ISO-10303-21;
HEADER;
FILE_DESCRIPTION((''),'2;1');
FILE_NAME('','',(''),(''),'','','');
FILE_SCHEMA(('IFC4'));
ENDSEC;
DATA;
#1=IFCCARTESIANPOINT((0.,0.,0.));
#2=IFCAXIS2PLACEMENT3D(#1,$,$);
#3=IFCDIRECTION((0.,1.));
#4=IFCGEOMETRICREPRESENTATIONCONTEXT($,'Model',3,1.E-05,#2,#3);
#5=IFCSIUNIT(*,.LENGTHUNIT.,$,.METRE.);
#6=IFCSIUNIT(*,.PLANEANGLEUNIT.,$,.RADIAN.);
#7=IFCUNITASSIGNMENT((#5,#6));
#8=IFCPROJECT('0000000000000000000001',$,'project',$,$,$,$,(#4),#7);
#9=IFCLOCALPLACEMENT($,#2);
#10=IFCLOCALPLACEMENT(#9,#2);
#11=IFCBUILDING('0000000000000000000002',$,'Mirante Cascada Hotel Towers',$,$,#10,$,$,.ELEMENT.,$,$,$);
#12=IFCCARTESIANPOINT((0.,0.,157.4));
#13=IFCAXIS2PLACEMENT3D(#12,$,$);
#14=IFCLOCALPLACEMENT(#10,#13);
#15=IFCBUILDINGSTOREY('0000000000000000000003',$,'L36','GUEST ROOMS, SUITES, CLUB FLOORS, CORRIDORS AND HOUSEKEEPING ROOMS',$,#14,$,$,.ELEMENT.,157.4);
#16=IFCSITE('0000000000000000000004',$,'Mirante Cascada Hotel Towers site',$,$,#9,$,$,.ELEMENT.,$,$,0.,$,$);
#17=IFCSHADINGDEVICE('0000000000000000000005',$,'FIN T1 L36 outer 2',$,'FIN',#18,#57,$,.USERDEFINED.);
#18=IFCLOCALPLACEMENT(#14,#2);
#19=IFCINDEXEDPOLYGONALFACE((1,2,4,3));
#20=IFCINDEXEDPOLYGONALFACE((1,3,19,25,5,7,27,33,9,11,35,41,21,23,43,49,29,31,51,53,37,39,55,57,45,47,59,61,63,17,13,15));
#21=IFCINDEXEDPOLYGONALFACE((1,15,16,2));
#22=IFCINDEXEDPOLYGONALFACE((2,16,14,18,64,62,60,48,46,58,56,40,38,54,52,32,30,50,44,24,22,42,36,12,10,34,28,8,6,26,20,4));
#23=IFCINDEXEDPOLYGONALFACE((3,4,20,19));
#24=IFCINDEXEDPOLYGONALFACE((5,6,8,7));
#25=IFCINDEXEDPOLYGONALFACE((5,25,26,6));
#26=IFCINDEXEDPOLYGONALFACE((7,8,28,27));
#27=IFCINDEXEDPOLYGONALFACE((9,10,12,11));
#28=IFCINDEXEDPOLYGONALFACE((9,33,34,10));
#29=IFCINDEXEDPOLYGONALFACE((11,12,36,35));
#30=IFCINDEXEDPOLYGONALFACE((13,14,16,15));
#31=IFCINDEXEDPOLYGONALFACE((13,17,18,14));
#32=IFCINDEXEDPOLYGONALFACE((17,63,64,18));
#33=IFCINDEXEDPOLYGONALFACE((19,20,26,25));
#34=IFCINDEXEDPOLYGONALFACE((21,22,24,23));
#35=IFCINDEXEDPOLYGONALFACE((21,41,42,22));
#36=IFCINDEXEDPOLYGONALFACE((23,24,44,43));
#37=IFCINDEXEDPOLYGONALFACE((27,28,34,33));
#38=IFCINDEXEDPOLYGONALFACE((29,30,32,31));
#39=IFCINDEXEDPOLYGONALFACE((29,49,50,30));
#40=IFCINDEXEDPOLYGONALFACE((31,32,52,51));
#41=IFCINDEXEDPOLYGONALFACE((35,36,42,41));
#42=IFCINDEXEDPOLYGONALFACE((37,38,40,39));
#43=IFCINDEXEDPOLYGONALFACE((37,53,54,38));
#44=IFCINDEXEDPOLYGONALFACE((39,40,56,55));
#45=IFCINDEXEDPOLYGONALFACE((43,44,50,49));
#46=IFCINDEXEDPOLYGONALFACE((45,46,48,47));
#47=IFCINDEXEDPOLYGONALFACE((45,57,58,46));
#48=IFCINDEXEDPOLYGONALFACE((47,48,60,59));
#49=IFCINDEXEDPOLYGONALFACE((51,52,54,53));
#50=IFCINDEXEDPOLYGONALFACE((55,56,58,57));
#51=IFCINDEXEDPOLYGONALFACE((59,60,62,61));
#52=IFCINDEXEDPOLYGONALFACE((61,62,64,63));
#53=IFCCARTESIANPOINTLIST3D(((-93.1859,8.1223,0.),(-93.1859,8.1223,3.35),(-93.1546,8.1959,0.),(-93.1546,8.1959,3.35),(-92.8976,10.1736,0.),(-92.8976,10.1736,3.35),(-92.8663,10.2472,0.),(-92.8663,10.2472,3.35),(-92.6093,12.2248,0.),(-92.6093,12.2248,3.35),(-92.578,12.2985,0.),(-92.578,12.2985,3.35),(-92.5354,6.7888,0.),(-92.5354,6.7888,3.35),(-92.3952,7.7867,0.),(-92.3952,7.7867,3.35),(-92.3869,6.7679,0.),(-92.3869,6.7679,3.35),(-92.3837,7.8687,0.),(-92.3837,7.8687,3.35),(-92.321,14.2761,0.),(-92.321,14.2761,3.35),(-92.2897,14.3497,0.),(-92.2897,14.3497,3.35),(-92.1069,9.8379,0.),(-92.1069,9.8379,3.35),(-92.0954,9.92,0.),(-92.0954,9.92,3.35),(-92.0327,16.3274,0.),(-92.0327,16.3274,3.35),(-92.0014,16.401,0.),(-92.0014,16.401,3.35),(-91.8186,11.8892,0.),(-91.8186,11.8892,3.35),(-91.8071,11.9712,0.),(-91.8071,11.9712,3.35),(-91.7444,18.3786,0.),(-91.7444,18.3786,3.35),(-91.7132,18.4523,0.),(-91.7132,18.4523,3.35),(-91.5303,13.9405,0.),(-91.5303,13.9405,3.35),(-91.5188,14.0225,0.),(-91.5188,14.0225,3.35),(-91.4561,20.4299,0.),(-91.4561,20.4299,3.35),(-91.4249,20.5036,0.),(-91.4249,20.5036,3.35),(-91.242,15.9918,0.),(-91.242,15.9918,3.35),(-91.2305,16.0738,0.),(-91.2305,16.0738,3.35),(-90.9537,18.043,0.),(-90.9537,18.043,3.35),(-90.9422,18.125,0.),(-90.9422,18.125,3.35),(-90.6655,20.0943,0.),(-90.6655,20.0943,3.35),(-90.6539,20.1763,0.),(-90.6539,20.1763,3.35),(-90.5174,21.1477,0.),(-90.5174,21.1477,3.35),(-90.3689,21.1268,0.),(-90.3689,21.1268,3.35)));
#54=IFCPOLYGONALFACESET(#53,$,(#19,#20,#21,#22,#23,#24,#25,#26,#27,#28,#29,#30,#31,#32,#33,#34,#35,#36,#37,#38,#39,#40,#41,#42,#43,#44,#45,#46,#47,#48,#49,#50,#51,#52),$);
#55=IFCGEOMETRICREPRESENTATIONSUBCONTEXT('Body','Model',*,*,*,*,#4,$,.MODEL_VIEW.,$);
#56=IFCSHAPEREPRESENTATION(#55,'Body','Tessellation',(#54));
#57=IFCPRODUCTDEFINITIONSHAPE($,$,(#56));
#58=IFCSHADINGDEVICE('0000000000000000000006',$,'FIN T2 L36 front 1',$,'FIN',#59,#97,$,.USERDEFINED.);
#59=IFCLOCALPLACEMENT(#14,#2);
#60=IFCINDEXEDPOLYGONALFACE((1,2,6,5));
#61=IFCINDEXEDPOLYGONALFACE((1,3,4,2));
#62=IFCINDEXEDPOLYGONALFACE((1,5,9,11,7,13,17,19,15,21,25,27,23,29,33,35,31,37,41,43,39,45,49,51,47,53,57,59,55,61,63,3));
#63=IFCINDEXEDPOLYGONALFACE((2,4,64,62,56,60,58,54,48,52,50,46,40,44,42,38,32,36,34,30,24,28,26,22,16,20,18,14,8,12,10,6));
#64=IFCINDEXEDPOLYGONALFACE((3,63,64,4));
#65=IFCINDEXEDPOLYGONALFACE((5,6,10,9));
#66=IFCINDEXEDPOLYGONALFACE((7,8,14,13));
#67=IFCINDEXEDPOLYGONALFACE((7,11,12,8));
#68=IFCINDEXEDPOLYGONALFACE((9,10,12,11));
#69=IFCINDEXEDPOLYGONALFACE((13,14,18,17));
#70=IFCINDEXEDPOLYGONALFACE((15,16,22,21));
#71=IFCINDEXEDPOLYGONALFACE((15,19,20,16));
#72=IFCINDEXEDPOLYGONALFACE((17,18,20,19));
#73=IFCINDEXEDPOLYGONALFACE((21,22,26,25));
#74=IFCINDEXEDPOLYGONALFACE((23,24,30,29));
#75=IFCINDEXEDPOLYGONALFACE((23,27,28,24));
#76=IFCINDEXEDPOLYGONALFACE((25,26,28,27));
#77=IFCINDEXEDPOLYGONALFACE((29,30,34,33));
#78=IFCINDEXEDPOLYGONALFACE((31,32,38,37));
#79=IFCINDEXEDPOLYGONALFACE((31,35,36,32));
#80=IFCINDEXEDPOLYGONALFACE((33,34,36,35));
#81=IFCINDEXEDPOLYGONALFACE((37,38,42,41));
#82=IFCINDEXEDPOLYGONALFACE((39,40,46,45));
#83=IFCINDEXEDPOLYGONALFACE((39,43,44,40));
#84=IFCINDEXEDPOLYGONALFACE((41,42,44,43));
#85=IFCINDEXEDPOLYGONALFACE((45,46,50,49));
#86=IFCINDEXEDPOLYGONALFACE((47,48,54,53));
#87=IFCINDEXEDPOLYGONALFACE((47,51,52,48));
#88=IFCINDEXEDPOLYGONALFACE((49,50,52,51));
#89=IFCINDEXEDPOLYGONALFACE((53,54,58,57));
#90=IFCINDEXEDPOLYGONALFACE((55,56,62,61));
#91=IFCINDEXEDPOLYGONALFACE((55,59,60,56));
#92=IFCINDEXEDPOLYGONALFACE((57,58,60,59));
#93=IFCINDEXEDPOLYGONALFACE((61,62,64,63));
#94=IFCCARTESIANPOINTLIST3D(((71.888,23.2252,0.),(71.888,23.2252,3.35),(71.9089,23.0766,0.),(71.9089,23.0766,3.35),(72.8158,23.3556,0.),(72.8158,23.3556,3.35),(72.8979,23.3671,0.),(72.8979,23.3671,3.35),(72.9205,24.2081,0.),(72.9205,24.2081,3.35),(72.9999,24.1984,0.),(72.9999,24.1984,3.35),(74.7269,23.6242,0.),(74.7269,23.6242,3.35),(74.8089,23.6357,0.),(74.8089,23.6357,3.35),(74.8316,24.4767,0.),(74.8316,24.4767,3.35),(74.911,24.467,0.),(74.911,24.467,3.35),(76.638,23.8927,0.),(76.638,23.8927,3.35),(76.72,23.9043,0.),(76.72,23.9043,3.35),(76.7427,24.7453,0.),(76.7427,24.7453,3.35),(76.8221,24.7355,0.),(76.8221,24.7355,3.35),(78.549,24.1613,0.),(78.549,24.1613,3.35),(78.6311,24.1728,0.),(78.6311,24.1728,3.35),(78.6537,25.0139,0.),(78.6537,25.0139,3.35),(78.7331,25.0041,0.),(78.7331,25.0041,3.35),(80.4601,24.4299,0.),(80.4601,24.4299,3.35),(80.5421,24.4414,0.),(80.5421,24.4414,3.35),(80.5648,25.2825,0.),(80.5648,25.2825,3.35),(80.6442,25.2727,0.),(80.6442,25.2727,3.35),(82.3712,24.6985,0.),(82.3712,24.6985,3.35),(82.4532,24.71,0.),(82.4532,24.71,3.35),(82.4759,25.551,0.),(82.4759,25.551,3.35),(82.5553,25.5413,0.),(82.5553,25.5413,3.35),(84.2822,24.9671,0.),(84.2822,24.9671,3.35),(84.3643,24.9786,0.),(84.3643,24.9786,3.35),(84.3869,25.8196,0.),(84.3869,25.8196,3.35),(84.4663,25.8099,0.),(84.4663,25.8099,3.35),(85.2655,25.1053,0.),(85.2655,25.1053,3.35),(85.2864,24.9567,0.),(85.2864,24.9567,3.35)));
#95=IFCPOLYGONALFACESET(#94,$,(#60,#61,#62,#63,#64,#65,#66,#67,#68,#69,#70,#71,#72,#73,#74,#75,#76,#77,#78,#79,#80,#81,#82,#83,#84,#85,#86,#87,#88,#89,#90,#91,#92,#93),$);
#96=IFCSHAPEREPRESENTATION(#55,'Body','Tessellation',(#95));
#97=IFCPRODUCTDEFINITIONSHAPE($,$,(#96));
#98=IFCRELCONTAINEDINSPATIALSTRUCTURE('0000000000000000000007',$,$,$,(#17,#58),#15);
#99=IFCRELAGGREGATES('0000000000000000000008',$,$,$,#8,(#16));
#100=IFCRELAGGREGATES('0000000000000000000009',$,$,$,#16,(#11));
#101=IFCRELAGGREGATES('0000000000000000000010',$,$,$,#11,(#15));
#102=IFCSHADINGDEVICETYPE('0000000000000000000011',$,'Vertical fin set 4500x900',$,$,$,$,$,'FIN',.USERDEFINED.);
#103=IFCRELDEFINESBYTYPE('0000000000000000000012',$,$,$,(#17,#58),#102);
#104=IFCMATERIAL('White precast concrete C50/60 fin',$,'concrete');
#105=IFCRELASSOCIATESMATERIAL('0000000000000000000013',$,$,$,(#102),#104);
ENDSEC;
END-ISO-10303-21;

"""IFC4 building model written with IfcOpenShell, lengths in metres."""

from ifc_helpers import new_model, si_unit, direction, frame, origin, place, context, subcontext, project, spatial, polyline, outline, extrude, material, type_object, element, save


model = new_model("IFC4")

# Units and contexts
model_context = context("Model", 3, precision=1e-05, world=origin(), true_north=direction((0.0, 1.0)))
body_context = subcontext(model_context, "Body", "Model", "MODEL_VIEW")
ifc_project = project(units=[si_unit("LENGTHUNIT", "METRE"), si_unit("PLANEANGLEUNIT", "RADIAN")], contexts=[model_context])

# Site, building, storey
site_placement = place(None, origin())
site = spatial("IfcSite", under=ifc_project, at=site_placement, Name="Mirante Cascada Hotel Towers site", CompositionType="ELEMENT", RefElevation=0.0)
building_placement = place(site_placement, origin())
building = spatial("IfcBuilding", under=site, at=building_placement, Name="Mirante Cascada Hotel Towers", CompositionType="ELEMENT")
storey_placement = place(building_placement, frame((0.0, 0.0, 157.4)))
storey = spatial("IfcBuildingStorey", under=building, at=storey_placement, Name="L36", Description="GUEST ROOMS, SUITES, CLUB FLOORS, CORRIDORS AND HOUSEKEEPING ROOMS", CompositionType="ELEMENT", Elevation=157.4)

# Shading devices
ifc_material_1 = material(Name="White precast concrete C50/60 fin", Category="concrete")
shading_device_type = type_object("IfcShadingDeviceType", Name="Vertical fin set 4500x900", ElementType="FIN", PredefinedType="USERDEFINED", material=ifc_material_1)
shading_device_1_placement = place(storey_placement, origin())
element("IfcShadingDevice", 1, at=shading_device_1_placement, inside=storey, type_object=shading_device_type, Name="FIN T1 L36 outer 2", ObjectType="FIN", PredefinedType="USERDEFINED", context=body_context, shape_type="SweptSolid", body=[
    extrude(outline(polyline([(-92.3837, 7.8687), (-92.1069, 9.8379), (-92.8976, 10.1736), (-92.8663, 10.2472), (-92.0954, 9.92), (-91.8186, 11.8892), (-92.6093, 12.2248), (-92.578, 12.2985), (-91.8071, 11.9712), (-91.5303, 13.9405), (-92.321, 14.2761), (-92.2897, 14.3497), (-91.5188, 14.0225), (-91.242, 15.9918), (-92.0327, 16.3274), (-92.0014, 16.401), (-91.2305, 16.0738), (-90.9537, 18.043), (-91.7444, 18.3786), (-91.7132, 18.4523), (-90.9422, 18.125), (-90.6655, 20.0943), (-91.4561, 20.4299), (-91.4249, 20.5036), (-90.6539, 20.1763), (-90.5174, 21.1477), (-90.3689, 21.1268), (-92.3869, 6.7679), (-92.5354, 6.7888), (-92.3952, 7.7867), (-93.1859, 8.1223), (-93.1546, 8.1959), (-92.3837, 7.8687)])), origin(), (0.0, 0.0, 1.0), 3.35),
])
shading_device_2_placement = place(storey_placement, origin())
element("IfcShadingDevice", 2, at=shading_device_2_placement, inside=storey, type_object=shading_device_type, Name="FIN T2 L36 front 1", ObjectType="FIN", PredefinedType="USERDEFINED", context=body_context, shape_type="SweptSolid", body=[
    extrude(outline(polyline([(72.9999, 24.1984), (72.8979, 23.3671), (74.7269, 23.6242), (74.8316, 24.4767), (74.911, 24.467), (74.8089, 23.6357), (76.638, 23.8927), (76.7427, 24.7453), (76.8221, 24.7355), (76.72, 23.9043), (78.549, 24.1613), (78.6537, 25.0139), (78.7331, 25.0041), (78.6311, 24.1728), (80.4601, 24.4299), (80.5648, 25.2825), (80.6442, 25.2727), (80.5421, 24.4414), (82.3712, 24.6985), (82.4759, 25.551), (82.5553, 25.5413), (82.4532, 24.71), (84.2822, 24.9671), (84.3869, 25.8196), (84.4663, 25.8099), (84.3643, 24.9786), (85.2655, 25.1053), (85.2864, 24.9567), (71.9089, 23.0766), (71.888, 23.2252), (72.8158, 23.3556), (72.9205, 24.2081), (72.9999, 24.1984)])), origin(), (0.0, 0.0, 1.0), 3.35),
])

save(model, "model.ifc")
